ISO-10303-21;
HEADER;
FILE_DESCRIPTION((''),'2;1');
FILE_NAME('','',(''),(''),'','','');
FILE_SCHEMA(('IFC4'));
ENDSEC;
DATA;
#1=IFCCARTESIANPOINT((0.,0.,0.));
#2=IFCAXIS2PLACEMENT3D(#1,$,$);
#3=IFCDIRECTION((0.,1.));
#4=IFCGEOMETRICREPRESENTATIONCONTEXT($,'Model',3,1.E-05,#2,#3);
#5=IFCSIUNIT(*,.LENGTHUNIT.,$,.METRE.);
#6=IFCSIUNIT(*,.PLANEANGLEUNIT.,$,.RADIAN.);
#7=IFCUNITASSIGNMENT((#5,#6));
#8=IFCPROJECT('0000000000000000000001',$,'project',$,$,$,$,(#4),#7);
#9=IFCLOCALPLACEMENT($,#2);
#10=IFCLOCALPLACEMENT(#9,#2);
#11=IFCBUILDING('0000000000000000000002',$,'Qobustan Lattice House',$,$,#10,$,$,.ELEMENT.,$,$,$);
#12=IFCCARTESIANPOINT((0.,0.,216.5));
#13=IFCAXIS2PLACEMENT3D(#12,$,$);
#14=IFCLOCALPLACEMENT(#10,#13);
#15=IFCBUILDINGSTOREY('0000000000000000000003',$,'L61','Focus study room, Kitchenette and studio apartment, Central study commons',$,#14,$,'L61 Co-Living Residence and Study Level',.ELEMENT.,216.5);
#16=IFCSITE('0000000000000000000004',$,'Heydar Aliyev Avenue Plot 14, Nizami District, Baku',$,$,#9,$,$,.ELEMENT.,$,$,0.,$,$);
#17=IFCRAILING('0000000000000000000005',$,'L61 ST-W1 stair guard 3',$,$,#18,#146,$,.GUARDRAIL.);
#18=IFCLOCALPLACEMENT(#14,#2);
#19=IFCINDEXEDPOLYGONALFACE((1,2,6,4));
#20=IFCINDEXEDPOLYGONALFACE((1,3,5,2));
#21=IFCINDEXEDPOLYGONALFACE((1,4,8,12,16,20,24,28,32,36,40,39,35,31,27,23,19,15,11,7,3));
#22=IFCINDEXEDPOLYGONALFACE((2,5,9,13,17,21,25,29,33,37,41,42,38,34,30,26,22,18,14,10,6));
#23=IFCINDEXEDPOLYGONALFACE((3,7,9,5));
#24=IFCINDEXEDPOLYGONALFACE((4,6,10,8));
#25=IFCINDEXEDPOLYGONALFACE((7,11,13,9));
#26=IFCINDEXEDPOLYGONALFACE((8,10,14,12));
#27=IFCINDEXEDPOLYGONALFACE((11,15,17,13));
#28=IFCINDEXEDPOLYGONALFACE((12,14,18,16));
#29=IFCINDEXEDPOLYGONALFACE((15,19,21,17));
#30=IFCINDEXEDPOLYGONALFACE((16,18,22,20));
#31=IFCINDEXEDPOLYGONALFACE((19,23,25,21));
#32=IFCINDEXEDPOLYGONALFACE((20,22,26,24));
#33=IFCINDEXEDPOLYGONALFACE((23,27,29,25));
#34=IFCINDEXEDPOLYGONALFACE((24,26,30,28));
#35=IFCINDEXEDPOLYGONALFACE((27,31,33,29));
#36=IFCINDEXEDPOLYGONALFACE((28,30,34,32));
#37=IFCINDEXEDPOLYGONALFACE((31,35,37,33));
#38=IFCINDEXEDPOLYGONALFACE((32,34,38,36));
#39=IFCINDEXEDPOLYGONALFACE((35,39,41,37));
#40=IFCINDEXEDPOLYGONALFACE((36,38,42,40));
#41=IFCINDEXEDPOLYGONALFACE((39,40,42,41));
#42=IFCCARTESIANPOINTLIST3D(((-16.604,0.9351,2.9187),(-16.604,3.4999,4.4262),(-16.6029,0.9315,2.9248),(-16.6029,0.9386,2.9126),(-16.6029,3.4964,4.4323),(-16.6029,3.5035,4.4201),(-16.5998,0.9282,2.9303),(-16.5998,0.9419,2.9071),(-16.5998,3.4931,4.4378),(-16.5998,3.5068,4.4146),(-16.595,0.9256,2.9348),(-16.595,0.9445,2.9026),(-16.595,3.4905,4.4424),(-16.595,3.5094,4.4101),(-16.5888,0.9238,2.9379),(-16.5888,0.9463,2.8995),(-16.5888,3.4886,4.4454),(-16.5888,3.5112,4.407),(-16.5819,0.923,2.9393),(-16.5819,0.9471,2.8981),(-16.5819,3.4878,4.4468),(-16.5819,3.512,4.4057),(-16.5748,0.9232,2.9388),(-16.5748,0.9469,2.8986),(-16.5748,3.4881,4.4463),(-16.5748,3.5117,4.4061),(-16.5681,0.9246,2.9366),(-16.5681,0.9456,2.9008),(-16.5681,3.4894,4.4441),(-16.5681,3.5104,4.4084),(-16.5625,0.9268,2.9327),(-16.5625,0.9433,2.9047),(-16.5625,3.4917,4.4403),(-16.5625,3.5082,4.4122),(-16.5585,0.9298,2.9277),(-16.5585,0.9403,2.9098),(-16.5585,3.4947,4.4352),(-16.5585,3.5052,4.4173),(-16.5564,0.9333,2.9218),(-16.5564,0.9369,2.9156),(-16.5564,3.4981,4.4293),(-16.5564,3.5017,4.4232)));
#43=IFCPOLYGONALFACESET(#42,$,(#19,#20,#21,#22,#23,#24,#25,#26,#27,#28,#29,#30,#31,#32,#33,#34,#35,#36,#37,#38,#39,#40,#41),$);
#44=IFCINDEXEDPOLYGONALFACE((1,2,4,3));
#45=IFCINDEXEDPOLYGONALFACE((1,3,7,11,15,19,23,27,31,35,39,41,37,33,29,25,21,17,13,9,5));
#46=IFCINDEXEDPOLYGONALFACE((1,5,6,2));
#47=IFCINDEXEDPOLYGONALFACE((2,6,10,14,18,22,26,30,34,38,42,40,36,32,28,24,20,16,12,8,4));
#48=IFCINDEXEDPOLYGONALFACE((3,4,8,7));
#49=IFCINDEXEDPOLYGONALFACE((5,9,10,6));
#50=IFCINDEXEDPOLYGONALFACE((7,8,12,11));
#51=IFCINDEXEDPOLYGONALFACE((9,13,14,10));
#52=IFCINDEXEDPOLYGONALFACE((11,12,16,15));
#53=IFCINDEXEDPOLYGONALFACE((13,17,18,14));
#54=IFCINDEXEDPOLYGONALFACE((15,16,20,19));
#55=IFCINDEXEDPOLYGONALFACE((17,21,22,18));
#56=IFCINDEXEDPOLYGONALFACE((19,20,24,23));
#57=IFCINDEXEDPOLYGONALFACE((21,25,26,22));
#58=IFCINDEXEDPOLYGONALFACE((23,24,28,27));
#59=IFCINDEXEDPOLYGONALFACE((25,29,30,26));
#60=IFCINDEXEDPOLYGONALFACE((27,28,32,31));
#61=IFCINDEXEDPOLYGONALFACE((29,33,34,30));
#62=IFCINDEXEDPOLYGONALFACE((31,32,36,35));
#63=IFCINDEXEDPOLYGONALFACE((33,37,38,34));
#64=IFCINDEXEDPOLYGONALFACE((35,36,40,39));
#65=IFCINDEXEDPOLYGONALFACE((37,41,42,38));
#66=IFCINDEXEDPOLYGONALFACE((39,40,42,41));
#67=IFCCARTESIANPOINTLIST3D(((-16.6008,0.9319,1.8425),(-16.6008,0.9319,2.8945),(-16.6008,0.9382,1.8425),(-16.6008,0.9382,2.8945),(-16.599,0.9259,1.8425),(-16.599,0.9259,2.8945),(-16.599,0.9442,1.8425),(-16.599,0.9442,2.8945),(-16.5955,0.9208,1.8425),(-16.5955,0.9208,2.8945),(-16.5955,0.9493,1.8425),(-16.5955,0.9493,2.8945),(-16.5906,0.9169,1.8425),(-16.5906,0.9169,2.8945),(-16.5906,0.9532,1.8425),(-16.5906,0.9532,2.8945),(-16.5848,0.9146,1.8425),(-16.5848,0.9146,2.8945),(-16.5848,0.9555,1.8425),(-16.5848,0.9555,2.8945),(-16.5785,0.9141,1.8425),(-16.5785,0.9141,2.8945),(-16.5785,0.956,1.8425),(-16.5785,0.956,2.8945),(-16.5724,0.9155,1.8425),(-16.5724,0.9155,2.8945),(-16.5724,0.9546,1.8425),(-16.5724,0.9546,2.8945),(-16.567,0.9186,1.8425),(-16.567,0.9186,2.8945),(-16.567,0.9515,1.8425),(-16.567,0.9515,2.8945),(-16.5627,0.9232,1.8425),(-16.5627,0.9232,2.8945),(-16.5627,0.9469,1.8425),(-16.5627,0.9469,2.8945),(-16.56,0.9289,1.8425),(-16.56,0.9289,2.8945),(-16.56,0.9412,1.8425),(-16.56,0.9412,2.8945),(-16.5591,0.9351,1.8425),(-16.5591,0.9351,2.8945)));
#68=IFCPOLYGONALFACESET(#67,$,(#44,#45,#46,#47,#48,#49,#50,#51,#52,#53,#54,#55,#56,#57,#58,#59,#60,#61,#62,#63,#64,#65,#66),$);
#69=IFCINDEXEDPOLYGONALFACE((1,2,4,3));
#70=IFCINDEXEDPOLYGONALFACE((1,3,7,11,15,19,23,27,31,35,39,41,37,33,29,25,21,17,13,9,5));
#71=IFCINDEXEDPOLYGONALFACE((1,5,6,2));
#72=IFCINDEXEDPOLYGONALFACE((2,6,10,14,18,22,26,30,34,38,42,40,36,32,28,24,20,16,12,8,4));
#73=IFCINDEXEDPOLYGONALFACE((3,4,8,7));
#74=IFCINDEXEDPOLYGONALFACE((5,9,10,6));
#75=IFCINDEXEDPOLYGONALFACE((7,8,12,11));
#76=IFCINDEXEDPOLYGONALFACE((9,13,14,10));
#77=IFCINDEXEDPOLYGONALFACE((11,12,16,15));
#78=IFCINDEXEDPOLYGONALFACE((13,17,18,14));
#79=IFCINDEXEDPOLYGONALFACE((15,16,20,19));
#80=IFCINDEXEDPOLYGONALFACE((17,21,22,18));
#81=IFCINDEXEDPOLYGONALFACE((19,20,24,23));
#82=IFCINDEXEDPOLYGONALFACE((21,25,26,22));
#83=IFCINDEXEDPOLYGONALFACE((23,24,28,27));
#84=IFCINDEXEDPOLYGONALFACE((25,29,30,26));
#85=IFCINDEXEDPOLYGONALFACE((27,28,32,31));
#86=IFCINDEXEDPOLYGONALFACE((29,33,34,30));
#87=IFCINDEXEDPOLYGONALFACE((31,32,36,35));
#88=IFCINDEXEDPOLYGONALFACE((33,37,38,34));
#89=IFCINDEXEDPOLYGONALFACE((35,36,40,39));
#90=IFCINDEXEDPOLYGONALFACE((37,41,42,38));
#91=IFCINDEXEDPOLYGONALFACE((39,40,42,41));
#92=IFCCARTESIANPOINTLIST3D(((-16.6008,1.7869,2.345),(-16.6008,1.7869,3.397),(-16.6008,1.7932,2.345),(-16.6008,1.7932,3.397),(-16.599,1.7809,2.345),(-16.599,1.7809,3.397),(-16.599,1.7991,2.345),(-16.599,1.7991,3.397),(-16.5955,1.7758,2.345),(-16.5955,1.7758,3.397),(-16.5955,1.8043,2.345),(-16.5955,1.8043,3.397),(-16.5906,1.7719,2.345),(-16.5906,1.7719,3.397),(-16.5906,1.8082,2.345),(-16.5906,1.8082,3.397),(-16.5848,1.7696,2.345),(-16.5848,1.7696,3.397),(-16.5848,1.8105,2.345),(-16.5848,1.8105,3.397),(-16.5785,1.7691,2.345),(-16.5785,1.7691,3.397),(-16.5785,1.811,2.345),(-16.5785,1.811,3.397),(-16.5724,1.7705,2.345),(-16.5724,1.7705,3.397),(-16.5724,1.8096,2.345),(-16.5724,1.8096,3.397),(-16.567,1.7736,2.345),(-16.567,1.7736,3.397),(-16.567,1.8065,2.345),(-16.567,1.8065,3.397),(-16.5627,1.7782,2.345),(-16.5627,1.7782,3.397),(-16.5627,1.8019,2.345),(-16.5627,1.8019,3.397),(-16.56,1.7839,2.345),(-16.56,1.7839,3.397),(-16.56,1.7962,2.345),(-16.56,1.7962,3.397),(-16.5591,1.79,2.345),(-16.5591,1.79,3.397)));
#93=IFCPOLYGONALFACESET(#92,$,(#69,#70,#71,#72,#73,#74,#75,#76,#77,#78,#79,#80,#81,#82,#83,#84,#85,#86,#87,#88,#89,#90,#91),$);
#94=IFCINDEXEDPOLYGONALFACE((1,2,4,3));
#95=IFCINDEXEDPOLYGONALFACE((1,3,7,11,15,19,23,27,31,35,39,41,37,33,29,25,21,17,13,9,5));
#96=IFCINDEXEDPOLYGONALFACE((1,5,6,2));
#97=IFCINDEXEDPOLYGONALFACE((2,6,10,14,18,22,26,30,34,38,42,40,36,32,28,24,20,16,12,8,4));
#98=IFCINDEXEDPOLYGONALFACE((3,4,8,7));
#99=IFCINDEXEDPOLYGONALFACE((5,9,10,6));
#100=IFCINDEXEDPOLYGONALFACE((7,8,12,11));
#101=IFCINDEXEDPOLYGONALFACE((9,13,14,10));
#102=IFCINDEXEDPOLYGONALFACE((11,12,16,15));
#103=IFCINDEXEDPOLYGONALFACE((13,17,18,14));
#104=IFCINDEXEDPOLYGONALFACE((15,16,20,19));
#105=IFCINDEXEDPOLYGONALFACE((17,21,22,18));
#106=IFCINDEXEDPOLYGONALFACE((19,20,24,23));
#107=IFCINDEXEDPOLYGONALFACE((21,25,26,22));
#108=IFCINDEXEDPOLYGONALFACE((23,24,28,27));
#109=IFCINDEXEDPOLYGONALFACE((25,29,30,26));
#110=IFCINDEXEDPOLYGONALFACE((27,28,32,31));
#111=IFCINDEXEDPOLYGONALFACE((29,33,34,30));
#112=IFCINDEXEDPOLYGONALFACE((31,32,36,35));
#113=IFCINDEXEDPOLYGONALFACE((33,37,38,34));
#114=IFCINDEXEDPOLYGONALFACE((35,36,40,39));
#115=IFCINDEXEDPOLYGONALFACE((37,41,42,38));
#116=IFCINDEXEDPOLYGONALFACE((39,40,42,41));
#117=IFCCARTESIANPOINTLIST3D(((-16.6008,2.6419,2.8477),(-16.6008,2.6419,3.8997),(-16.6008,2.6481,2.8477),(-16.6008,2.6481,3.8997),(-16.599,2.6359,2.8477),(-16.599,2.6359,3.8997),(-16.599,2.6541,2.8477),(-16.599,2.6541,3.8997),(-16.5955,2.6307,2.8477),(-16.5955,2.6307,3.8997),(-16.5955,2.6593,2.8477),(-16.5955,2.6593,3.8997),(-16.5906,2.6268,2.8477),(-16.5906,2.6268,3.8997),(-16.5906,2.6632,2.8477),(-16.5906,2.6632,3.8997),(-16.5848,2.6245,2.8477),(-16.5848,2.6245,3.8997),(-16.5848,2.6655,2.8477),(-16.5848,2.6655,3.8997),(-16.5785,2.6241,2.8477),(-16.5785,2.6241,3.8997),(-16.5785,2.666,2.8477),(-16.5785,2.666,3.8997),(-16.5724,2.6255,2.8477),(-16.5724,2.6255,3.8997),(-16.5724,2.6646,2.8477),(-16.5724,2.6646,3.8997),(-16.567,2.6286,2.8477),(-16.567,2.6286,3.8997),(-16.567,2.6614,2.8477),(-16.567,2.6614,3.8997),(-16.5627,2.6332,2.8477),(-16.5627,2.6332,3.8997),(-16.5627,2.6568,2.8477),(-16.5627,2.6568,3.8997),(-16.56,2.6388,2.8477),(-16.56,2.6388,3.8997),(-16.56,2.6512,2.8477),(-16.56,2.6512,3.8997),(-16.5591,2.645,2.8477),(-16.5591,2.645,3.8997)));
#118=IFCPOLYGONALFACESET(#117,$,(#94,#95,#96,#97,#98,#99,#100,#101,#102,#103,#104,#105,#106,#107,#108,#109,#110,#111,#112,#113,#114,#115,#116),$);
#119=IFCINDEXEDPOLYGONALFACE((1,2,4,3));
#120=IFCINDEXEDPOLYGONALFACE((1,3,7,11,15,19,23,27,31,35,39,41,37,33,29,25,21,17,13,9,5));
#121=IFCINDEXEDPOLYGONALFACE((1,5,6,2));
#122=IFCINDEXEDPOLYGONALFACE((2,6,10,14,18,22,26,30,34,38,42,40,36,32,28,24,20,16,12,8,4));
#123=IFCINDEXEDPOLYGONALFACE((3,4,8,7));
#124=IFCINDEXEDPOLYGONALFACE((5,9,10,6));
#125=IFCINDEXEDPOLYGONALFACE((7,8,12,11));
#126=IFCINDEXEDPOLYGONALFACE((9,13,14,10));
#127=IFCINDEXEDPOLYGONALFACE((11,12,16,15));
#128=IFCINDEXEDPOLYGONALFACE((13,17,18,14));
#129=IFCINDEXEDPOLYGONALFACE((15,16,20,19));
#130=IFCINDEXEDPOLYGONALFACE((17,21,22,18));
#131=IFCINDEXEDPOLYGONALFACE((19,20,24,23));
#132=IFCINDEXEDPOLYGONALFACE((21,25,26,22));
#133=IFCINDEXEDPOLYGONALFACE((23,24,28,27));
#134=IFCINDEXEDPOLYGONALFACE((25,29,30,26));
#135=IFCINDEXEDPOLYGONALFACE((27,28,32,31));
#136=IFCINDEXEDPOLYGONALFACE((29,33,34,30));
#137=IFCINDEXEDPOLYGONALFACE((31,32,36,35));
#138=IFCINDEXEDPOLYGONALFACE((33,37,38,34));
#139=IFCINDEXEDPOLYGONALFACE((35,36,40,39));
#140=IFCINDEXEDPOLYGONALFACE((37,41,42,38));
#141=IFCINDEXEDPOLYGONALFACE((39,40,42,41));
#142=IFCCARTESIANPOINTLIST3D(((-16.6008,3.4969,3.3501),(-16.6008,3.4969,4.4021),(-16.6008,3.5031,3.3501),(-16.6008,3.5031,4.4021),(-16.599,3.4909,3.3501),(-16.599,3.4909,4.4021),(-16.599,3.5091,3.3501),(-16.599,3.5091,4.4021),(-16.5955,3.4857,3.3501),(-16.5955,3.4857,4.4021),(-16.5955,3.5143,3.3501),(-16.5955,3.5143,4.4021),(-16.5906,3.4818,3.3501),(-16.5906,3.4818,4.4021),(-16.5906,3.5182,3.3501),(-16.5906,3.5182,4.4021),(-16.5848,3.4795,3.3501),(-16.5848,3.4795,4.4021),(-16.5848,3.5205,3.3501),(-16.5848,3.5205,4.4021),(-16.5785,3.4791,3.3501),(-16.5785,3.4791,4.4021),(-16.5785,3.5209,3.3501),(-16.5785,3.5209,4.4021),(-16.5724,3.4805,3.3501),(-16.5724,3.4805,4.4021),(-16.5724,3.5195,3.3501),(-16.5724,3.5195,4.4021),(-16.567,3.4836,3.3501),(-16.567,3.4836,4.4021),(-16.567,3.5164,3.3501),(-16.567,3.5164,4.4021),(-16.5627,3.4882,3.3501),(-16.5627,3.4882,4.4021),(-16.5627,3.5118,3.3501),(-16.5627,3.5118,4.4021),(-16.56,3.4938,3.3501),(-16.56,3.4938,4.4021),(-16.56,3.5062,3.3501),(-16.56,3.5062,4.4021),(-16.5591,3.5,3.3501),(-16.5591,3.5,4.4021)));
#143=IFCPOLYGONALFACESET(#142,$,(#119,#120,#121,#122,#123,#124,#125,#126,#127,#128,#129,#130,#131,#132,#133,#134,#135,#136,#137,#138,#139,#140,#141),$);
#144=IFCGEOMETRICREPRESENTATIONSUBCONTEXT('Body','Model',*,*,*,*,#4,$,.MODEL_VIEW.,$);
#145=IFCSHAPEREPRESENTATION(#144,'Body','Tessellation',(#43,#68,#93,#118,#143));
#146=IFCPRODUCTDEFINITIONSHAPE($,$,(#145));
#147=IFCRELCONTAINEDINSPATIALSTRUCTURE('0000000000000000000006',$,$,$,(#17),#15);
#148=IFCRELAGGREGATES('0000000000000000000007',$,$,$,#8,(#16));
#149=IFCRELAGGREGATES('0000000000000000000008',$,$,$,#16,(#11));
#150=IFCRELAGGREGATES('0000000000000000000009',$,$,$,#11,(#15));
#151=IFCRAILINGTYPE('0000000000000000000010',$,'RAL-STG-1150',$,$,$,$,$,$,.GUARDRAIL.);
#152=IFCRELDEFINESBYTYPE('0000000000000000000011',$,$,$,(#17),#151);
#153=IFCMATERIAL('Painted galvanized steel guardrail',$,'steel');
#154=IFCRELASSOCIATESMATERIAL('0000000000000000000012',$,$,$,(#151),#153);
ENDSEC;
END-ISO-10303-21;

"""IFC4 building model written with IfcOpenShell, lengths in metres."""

from ifc_helpers import new_model, si_unit, direction, frame, origin, origin_2d, place, context, subcontext, project, spatial, circle, extrude, material, type_object, element, save


model = new_model("IFC4")

# Units and contexts
model_context = context("Model", 3, precision=1e-05, world=origin(), true_north=direction((0.0, 1.0)))
body_context = subcontext(model_context, "Body", "Model", "MODEL_VIEW")
ifc_project = project(units=[si_unit("LENGTHUNIT", "METRE"), si_unit("PLANEANGLEUNIT", "RADIAN")], contexts=[model_context])

# Site, building, storey
site_placement = place(None, origin())
site = spatial("IfcSite", under=ifc_project, at=site_placement, Name="Heydar Aliyev Avenue Plot 14, Nizami District, Baku", CompositionType="ELEMENT", RefElevation=0.0)
building_placement = place(site_placement, origin())
building = spatial("IfcBuilding", under=site, at=building_placement, Name="Qobustan Lattice House", CompositionType="ELEMENT")
storey_placement = place(building_placement, frame((0.0, 0.0, 216.5)))
storey = spatial("IfcBuildingStorey", under=building, at=storey_placement, Name="L61", Description="Focus study room, Kitchenette and studio apartment, Central study commons", LongName="L61 Co-Living Residence and Study Level", CompositionType="ELEMENT", Elevation=216.5)

# Railing
ifc_material_1 = material(Name="Painted galvanized steel guardrail", Category="steel")
railing_type_1 = type_object("IfcRailingType", Name="RAL-STG-1150", PredefinedType="GUARDRAIL", material=ifc_material_1)
railing_1_placement = place(storey_placement, frame((-16.5801, 0.9351, 1.8425)))
element("IfcRailing", 1, at=railing_1_placement, inside=storey, type_object=railing_type_1, Name="L61 ST-W1 stair guard 3", PredefinedType="GUARDRAIL", context=body_context, shape_type="SweptSolid", body=[
    extrude(circle(Radius=0.0239, at=origin_2d()), frame((0.0, 0.0, 1.0762), z_axis=(0.0, 0.862113, 0.506715), x_axis=(-1.0, 0.0, 0.0)), (0.0, 0.0, 1.0), 2.9751),
    extrude(circle(Radius=0.021, at=origin_2d()), origin(), (0.0, 0.0, 1.0), 1.052),
    extrude(circle(Radius=0.021, at=origin_2d()), frame((0.0, 0.855, 0.5024)), (0.0, 0.0, 1.0), 1.052),
    extrude(circle(Radius=0.021, at=origin_2d()), frame((0.0, 1.71, 1.0051)), (0.0, 0.0, 1.0), 1.052),
    extrude(circle(Radius=0.021, at=origin_2d()), frame((0.0, 2.5649, 1.5076)), (0.0, 0.0, 1.0), 1.052),
])

save(model, "model.ifc")
